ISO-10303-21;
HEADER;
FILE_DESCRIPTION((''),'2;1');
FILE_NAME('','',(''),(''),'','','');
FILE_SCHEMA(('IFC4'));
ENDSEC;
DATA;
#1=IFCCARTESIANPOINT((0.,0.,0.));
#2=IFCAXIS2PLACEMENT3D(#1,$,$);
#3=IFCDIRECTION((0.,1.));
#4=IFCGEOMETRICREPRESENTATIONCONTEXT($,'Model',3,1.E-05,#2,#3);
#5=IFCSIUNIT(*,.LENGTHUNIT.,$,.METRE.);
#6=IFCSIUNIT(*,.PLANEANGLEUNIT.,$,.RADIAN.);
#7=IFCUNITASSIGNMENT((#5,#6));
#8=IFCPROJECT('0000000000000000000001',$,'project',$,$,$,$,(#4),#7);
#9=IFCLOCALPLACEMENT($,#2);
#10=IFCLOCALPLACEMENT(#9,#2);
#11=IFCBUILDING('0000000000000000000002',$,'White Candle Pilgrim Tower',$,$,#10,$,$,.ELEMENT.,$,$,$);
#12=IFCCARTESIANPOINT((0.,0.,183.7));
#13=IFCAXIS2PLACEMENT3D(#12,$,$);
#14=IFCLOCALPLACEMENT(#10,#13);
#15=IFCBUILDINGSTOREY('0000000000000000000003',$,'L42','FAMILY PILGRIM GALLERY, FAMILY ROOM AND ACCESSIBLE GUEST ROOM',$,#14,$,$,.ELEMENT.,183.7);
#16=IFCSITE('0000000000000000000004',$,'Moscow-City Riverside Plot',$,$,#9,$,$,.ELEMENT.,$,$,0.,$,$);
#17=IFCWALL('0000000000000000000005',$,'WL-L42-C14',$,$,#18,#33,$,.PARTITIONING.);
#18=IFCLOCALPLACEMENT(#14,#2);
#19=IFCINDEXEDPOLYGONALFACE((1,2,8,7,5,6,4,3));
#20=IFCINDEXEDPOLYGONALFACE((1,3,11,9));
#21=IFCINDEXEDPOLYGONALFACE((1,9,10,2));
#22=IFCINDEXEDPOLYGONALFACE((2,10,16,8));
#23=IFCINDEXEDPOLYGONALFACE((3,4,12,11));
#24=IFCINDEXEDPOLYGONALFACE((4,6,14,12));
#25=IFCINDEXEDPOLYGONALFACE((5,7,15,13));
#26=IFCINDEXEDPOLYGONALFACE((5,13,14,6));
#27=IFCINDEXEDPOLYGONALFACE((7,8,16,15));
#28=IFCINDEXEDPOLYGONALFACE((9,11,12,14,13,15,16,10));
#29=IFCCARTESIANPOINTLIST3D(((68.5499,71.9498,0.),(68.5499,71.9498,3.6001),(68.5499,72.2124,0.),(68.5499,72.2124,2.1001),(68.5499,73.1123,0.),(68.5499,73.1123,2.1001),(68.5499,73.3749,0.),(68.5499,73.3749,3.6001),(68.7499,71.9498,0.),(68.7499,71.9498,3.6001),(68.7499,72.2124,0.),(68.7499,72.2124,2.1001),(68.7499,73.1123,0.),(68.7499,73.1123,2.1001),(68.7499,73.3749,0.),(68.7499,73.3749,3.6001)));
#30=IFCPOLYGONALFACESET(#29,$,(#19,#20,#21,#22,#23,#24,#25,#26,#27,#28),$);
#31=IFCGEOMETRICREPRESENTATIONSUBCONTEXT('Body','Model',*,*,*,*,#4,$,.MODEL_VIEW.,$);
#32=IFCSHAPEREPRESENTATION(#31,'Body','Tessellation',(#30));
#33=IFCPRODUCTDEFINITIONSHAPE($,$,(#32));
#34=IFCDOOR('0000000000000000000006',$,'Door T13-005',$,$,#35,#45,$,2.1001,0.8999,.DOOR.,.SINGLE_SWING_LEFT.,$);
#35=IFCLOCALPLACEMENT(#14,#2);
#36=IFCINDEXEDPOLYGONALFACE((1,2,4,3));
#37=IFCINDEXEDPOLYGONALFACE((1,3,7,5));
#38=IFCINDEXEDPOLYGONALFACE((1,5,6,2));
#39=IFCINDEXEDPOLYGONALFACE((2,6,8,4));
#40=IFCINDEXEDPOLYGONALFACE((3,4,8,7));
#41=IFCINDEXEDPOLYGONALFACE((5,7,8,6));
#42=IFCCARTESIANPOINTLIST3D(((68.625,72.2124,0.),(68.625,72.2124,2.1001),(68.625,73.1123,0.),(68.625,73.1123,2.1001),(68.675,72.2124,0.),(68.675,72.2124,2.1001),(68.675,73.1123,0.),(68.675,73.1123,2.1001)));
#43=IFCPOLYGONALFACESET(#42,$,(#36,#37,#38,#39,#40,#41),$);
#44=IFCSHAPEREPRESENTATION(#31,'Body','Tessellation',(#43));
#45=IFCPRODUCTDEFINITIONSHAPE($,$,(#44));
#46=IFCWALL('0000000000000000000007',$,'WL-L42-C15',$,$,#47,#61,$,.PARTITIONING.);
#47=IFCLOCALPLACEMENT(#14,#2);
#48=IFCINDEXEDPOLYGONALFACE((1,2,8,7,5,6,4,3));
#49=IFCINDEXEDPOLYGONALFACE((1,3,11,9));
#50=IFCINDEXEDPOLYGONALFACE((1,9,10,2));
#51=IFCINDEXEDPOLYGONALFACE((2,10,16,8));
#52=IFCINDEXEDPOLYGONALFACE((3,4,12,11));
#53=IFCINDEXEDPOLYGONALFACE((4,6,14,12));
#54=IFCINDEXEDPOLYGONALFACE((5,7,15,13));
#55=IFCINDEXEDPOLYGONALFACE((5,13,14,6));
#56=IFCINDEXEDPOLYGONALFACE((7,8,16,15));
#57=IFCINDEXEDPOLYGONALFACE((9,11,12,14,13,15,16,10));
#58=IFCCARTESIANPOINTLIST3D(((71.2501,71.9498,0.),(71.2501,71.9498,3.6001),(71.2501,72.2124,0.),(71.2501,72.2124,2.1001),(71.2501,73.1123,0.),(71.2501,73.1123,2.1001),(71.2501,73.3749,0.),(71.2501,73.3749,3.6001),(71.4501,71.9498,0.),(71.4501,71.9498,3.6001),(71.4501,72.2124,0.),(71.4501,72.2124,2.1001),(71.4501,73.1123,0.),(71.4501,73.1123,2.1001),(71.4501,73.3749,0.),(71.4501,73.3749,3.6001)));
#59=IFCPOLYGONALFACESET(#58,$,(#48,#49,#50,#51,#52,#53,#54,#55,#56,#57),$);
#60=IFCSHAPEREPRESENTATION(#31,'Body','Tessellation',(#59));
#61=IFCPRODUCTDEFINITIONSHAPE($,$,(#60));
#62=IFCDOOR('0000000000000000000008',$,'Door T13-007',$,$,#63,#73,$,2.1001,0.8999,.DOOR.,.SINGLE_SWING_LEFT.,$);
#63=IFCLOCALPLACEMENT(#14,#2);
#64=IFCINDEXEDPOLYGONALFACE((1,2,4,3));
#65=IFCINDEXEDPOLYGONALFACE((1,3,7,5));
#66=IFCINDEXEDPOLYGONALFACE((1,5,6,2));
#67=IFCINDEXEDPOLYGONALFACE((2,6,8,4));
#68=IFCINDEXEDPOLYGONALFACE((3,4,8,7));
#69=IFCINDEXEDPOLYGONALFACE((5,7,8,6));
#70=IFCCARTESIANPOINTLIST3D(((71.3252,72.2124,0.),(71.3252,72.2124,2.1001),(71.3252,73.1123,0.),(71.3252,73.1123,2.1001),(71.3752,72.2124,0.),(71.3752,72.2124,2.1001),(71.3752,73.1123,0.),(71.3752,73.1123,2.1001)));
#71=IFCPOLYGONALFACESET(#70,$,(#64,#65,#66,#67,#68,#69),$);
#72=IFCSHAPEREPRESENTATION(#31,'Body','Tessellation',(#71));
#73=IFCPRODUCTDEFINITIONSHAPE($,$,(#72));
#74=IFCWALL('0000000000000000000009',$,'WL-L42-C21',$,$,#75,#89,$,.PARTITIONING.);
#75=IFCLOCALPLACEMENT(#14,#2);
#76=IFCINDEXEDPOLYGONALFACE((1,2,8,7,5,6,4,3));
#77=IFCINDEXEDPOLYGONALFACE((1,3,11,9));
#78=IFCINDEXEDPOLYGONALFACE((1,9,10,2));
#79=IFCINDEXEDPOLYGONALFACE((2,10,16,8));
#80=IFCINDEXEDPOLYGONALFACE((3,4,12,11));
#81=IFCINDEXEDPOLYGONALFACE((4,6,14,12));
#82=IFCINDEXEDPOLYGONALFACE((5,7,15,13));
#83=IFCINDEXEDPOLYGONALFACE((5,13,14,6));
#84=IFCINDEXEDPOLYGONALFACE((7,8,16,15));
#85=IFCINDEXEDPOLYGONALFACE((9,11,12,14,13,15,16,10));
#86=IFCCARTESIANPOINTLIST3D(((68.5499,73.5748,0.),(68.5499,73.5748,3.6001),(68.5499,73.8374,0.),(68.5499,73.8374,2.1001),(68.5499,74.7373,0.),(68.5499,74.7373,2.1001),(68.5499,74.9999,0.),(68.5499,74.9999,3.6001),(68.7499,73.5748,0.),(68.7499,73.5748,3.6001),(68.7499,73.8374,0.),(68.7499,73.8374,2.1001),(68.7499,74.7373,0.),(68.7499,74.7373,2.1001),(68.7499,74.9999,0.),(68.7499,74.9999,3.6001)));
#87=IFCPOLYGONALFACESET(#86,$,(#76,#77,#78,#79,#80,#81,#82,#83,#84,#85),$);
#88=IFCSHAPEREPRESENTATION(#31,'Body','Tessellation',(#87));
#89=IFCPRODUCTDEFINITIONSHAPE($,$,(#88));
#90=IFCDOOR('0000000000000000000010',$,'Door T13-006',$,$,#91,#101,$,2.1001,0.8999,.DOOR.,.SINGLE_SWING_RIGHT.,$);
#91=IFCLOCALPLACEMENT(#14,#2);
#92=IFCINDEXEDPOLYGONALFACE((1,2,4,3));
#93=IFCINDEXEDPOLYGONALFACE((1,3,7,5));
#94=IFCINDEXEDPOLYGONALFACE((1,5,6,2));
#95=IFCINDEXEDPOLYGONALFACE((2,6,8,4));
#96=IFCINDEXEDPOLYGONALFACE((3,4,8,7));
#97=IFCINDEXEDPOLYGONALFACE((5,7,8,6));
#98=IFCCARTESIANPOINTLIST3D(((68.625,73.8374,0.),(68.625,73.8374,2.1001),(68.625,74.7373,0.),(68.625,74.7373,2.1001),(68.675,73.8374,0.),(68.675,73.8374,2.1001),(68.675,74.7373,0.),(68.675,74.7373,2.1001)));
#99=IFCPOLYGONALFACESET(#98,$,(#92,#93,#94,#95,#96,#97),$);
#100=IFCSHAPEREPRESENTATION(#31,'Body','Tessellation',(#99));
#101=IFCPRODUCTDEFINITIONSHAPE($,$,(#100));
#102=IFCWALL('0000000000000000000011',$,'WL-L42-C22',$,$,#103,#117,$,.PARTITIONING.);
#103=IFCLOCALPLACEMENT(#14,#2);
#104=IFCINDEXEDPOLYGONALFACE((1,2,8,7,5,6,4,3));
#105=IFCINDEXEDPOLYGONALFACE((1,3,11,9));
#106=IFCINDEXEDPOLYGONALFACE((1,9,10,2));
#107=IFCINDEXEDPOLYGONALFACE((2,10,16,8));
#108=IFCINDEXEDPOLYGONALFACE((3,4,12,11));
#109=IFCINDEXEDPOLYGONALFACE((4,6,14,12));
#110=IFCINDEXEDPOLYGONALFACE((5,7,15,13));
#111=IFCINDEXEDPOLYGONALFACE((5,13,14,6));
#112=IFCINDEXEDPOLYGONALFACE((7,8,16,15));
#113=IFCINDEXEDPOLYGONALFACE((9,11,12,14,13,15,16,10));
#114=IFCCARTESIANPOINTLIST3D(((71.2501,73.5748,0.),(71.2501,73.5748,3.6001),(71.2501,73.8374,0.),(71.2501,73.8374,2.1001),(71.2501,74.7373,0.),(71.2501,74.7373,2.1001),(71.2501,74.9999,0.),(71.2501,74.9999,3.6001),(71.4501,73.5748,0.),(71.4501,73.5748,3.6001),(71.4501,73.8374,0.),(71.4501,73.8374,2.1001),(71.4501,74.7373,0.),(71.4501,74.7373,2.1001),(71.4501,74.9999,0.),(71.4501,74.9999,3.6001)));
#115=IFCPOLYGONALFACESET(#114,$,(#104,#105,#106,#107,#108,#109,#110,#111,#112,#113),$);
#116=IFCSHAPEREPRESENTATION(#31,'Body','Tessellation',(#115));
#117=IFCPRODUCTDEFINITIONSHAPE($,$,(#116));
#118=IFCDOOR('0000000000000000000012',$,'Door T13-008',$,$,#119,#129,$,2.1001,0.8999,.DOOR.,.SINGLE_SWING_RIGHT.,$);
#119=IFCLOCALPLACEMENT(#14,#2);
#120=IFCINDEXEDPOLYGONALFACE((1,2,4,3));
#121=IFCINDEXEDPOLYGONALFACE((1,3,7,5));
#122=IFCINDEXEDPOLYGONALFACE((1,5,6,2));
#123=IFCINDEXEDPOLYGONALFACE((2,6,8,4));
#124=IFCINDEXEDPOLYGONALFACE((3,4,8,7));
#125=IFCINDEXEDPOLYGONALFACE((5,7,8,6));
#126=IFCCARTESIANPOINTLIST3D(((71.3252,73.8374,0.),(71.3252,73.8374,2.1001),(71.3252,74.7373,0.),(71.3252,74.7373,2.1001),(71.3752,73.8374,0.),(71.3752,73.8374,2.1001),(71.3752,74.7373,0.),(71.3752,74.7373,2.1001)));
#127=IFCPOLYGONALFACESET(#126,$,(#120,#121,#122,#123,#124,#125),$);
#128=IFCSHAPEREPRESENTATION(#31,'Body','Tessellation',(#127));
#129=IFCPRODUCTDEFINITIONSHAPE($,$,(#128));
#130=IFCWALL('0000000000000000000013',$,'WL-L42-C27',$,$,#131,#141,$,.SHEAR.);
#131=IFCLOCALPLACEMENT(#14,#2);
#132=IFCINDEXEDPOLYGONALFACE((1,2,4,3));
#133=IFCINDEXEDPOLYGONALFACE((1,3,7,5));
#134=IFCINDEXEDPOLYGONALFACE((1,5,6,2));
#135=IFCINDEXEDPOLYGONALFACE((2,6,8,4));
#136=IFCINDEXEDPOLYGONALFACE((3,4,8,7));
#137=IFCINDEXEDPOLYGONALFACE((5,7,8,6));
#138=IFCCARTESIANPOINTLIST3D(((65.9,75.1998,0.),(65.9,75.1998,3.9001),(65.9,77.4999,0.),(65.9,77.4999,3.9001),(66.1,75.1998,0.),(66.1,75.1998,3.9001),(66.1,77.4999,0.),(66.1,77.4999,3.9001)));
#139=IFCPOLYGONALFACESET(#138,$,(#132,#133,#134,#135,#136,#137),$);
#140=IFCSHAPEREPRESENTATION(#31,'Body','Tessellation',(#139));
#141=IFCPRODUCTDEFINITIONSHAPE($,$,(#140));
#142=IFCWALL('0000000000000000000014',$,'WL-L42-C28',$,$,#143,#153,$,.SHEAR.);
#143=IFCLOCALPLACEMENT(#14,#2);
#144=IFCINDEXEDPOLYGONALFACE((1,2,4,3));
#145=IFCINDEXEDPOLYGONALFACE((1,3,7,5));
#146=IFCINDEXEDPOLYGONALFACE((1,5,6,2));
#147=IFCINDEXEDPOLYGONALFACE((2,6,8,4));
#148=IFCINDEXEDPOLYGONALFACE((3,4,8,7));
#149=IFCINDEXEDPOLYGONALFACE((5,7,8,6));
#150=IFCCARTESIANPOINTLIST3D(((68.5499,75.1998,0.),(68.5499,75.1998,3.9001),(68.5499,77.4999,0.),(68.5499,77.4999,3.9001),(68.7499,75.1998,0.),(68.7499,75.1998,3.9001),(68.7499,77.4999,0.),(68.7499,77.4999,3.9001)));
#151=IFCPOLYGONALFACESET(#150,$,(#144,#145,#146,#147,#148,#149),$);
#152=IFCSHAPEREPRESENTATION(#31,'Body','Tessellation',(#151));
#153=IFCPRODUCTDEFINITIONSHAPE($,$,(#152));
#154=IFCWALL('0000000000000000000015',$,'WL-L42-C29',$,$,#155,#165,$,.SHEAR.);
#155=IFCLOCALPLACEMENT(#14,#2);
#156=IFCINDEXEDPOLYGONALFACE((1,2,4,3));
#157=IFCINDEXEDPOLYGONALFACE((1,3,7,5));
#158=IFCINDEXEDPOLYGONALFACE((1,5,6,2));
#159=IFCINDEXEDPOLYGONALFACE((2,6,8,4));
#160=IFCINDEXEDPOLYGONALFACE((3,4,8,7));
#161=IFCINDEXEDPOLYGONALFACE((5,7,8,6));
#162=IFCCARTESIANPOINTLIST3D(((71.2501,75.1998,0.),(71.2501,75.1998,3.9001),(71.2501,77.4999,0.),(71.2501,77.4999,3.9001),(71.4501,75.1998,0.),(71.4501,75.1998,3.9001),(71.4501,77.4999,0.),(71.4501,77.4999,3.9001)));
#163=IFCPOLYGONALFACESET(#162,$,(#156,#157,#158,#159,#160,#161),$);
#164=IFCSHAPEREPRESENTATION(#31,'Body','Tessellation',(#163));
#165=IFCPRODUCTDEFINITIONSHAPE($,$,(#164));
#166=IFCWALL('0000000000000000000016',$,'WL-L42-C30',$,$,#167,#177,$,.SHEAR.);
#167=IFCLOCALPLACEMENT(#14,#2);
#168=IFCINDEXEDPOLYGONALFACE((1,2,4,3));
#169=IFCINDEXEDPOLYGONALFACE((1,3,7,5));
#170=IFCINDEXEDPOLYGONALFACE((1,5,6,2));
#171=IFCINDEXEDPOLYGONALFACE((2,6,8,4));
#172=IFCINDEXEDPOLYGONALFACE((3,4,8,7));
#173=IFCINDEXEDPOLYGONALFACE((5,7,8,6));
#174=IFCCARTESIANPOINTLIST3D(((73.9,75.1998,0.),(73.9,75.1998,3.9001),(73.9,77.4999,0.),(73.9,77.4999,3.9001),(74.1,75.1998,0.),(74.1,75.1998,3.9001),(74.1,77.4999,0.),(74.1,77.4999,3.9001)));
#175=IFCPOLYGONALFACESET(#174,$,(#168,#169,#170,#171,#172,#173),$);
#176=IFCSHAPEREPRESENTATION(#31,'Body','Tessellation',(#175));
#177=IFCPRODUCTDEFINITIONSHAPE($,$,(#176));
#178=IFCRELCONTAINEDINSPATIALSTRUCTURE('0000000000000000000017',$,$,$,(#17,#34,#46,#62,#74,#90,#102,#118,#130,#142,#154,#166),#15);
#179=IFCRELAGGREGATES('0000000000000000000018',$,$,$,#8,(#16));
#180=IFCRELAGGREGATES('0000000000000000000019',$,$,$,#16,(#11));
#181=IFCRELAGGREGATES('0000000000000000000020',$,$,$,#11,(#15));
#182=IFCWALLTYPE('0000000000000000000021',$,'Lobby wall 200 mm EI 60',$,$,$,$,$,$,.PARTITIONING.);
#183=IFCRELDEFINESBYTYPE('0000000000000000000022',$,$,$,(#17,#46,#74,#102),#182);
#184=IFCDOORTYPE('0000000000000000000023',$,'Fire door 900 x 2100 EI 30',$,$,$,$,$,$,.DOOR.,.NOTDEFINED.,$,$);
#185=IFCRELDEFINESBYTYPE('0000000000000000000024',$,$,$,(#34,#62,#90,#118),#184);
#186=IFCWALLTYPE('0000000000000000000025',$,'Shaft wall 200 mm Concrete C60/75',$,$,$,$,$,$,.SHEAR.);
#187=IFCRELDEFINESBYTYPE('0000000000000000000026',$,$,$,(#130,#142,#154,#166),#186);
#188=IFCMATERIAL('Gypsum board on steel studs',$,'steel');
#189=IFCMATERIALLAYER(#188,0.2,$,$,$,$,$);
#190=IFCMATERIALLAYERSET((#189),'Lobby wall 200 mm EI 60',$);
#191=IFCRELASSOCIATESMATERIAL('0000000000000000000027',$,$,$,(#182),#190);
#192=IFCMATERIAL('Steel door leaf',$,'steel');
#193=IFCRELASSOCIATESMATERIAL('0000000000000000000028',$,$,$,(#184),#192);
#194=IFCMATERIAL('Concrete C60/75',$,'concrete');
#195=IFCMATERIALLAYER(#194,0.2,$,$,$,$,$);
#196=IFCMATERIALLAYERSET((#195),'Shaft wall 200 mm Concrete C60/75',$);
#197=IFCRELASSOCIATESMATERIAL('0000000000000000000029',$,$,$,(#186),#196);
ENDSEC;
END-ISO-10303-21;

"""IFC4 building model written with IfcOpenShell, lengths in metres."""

from ifc_helpers import new_model, si_unit, direction, frame, frame_2d, origin, place, context, subcontext, project, spatial, rectangle, extrude, material, layer, layer_set, type_object, element, fill, save


model = new_model("IFC4")

# Units and contexts
model_context = context("Model", 3, precision=1e-05, world=origin(), true_north=direction((0.0, 1.0)))
body_context = subcontext(model_context, "Body", "Model", "MODEL_VIEW")
ifc_project = project(units=[si_unit("LENGTHUNIT", "METRE"), si_unit("PLANEANGLEUNIT", "RADIAN")], contexts=[model_context])

# Site, building, storey
site_placement = place(None, origin())
site = spatial("IfcSite", under=ifc_project, at=site_placement, Name="Moscow-City Riverside Plot", CompositionType="ELEMENT", RefElevation=0.0)
building_placement = place(site_placement, origin())
building = spatial("IfcBuilding", under=site, at=building_placement, Name="White Candle Pilgrim Tower", CompositionType="ELEMENT")
storey_placement = place(building_placement, frame((0.0, 0.0, 183.7)))
storey = spatial("IfcBuildingStorey", under=building, at=storey_placement, Name="L42", Description="FAMILY PILGRIM GALLERY, FAMILY ROOM AND ACCESSIBLE GUEST ROOM", CompositionType="ELEMENT", Elevation=183.7)

# Walls, openings, doors
ifc_material_1 = material(Name="Gypsum board on steel studs", Category="steel")
ifc_layer_1 = layer(ifc_material_1, 0.2)
ifc_layer_set_1 = layer_set([ifc_layer_1], Name="Lobby wall 200 mm EI 60")
wall_type_1 = type_object("IfcWallType", Name="Lobby wall 200 mm EI 60", PredefinedType="PARTITIONING", material=ifc_layer_set_1)
wall_1_placement = place(storey_placement, frame((68.6499, 71.95, 0.0), z_axis=(0.0, 0.0, 1.0), x_axis=(0.0, 1.0, 0.0)))
wall_1 = element("IfcWall", 1, at=wall_1_placement, inside=storey, type_object=wall_type_1, Name="WL-L42-C14", PredefinedType="PARTITIONING", context=body_context, shape_type="SweptSolid", body=[
    extrude(rectangle(XDim=1.425, YDim=0.2, at=frame_2d((0.7124, 0.0))), origin(), (0.0, 0.0, 1.0), 3.6001),
])
opening_1_placement = place(wall_1_placement, frame((0.2625, 0.0, 0.0)))
opening_1 = element("IfcOpeningElement", 2, at=opening_1_placement, cuts=wall_1, PredefinedType="OPENING", context=body_context, shape_type="SweptSolid", body=[
    extrude(rectangle(XDim=0.8999, YDim=2.1001, at=frame_2d((0.45, 1.05))), frame((0.0, 0.1099, 0.0), z_axis=(0.0, -1.0, 0.0), x_axis=(1.0, 0.0, 0.0)), (0.0, 0.0, 1.0), 0.22),
])
ifc_material_2 = material(Name="Steel door leaf", Category="steel")
door_type_1 = type_object("IfcDoorType", Name="Fire door 900 x 2100 EI 30", OperationType="NOTDEFINED", PredefinedType="DOOR", material=ifc_material_2)
door_1_placement = place(opening_1_placement, origin())
door_1 = element("IfcDoor", 3, at=door_1_placement, inside=storey, type_object=door_type_1, Name="Door T13-005", OperationType="SINGLE_SWING_LEFT", OverallHeight=2.1001, OverallWidth=0.8999, PredefinedType="DOOR", context=body_context, shape_type="SweptSolid", body=[
    extrude(rectangle(XDim=0.8999, YDim=2.1001, at=frame_2d((0.45, 1.05))), frame((0.0, 0.0249, 0.0), z_axis=(0.0, -1.0, 0.0), x_axis=(1.0, 0.0, 0.0)), (0.0, 0.0, 1.0), 0.05),
])
fill(opening_1, door_1)
wall_2_placement = place(storey_placement, frame((71.3501, 71.95, 0.0), z_axis=(0.0, 0.0, 1.0), x_axis=(0.0, 1.0, 0.0)))
wall_2 = element("IfcWall", 4, at=wall_2_placement, inside=storey, type_object=wall_type_1, Name="WL-L42-C15", PredefinedType="PARTITIONING", context=body_context, shape_type="SweptSolid", body=[
    extrude(rectangle(XDim=1.425, YDim=0.2, at=frame_2d((0.7124, 0.0))), origin(), (0.0, 0.0, 1.0), 3.6001),
])
opening_2_placement = place(wall_2_placement, frame((0.2625, 0.0, 0.0)))
opening_2 = element("IfcOpeningElement", 5, at=opening_2_placement, cuts=wall_2, PredefinedType="OPENING", context=body_context, shape_type="SweptSolid", body=[
    extrude(rectangle(XDim=0.8999, YDim=2.1001, at=frame_2d((0.45, 1.05))), frame((0.0, 0.1099, 0.0), z_axis=(0.0, -1.0, 0.0), x_axis=(1.0, 0.0, 0.0)), (0.0, 0.0, 1.0), 0.22),
])
door_2_placement = place(opening_2_placement, origin())
door_2 = element("IfcDoor", 6, at=door_2_placement, inside=storey, type_object=door_type_1, Name="Door T13-007", OperationType="SINGLE_SWING_LEFT", OverallHeight=2.1001, OverallWidth=0.8999, PredefinedType="DOOR", context=body_context, shape_type="SweptSolid", body=[
    extrude(rectangle(XDim=0.8999, YDim=2.1001, at=frame_2d((0.45, 1.05))), frame((0.0, 0.0249, 0.0), z_axis=(0.0, -1.0, 0.0), x_axis=(1.0, 0.0, 0.0)), (0.0, 0.0, 1.0), 0.05),
])
fill(opening_2, door_2)
wall_3_placement = place(storey_placement, frame((68.6499, 73.575, 0.0), z_axis=(0.0, 0.0, 1.0), x_axis=(0.0, 1.0, 0.0)))
wall_3 = element("IfcWall", 7, at=wall_3_placement, inside=storey, type_object=wall_type_1, Name="WL-L42-C21", PredefinedType="PARTITIONING", context=body_context, shape_type="SweptSolid", body=[
    extrude(rectangle(XDim=1.425, YDim=0.2, at=frame_2d((0.7124, 0.0))), origin(), (0.0, 0.0, 1.0), 3.6001),
])
opening_3_placement = place(wall_3_placement, frame((0.2625, 0.0, 0.0)))
opening_3 = element("IfcOpeningElement", 8, at=opening_3_placement, cuts=wall_3, PredefinedType="OPENING", context=body_context, shape_type="SweptSolid", body=[
    extrude(rectangle(XDim=0.8999, YDim=2.1001, at=frame_2d((0.45, 1.05))), frame((0.0, 0.1099, 0.0), z_axis=(0.0, -1.0, 0.0), x_axis=(1.0, 0.0, 0.0)), (0.0, 0.0, 1.0), 0.22),
])
door_3_placement = place(opening_3_placement, origin())
door_3 = element("IfcDoor", 9, at=door_3_placement, inside=storey, type_object=door_type_1, Name="Door T13-006", OperationType="SINGLE_SWING_RIGHT", OverallHeight=2.1001, OverallWidth=0.8999, PredefinedType="DOOR", context=body_context, shape_type="SweptSolid", body=[
    extrude(rectangle(XDim=0.8999, YDim=2.1001, at=frame_2d((0.45, 1.05))), frame((0.0, 0.0249, 0.0), z_axis=(0.0, -1.0, 0.0), x_axis=(1.0, 0.0, 0.0)), (0.0, 0.0, 1.0), 0.05),
])
fill(opening_3, door_3)
wall_4_placement = place(storey_placement, frame((71.3501, 73.575, 0.0), z_axis=(0.0, 0.0, 1.0), x_axis=(0.0, 1.0, 0.0)))
wall_4 = element("IfcWall", 10, at=wall_4_placement, inside=storey, type_object=wall_type_1, Name="WL-L42-C22", PredefinedType="PARTITIONING", context=body_context, shape_type="SweptSolid", body=[
    extrude(rectangle(XDim=1.425, YDim=0.2, at=frame_2d((0.7124, 0.0))), origin(), (0.0, 0.0, 1.0), 3.6001),
])
opening_4_placement = place(wall_4_placement, frame((0.2625, 0.0, 0.0)))
opening_4 = element("IfcOpeningElement", 11, at=opening_4_placement, cuts=wall_4, PredefinedType="OPENING", context=body_context, shape_type="SweptSolid", body=[
    extrude(rectangle(XDim=0.8999, YDim=2.1001, at=frame_2d((0.45, 1.05))), frame((0.0, 0.1099, 0.0), z_axis=(0.0, -1.0, 0.0), x_axis=(1.0, 0.0, 0.0)), (0.0, 0.0, 1.0), 0.22),
])
door_4_placement = place(opening_4_placement, origin())
door_4 = element("IfcDoor", 12, at=door_4_placement, inside=storey, type_object=door_type_1, Name="Door T13-008", OperationType="SINGLE_SWING_RIGHT", OverallHeight=2.1001, OverallWidth=0.8999, PredefinedType="DOOR", context=body_context, shape_type="SweptSolid", body=[
    extrude(rectangle(XDim=0.8999, YDim=2.1001, at=frame_2d((0.45, 1.05))), frame((0.0, 0.0249, 0.0), z_axis=(0.0, -1.0, 0.0), x_axis=(1.0, 0.0, 0.0)), (0.0, 0.0, 1.0), 0.05),
])
fill(opening_4, door_4)

# Walls
ifc_material_3 = material(Name="Concrete C60/75", Category="concrete")
ifc_layer_2 = layer(ifc_material_3, 0.2)
ifc_layer_set_2 = layer_set([ifc_layer_2], Name="Shaft wall 200 mm Concrete C60/75")
wall_type_2 = type_object("IfcWallType", Name="Shaft wall 200 mm Concrete C60/75", PredefinedType="SHEAR", material=ifc_layer_set_2)
for number, where, z_axis, x_axis, name in (
    (13, (66.0, 75.2, 0.0), (0.0, 0.0, 1.0), (0.0, 1.0, 0.0), "WL-L42-C27"),
    (14, (68.6499, 75.2, 0.0), (0.0, 0.0, 1.0), (0.0, 1.0, 0.0), "WL-L42-C28"),
    (15, (71.3501, 75.2, 0.0), (0.0, 0.0, 1.0), (0.0, 1.0, 0.0), "WL-L42-C29"),
    (16, (74.0, 75.2, 0.0), (0.0, 0.0, 1.0), (0.0, 1.0, 0.0), "WL-L42-C30"),
):
    element("IfcWall", number, at=place(storey_placement, frame(where, z_axis=z_axis, x_axis=x_axis)), inside=storey, type_object=wall_type_2, Name=name, PredefinedType="SHEAR", context=body_context, shape_type="SweptSolid", body=[
        extrude(rectangle(XDim=2.3, YDim=0.2, at=frame_2d((1.1499, 0.0))), origin(), (0.0, 0.0, 1.0), 3.9001),
    ])

save(model, "model.ifc")
